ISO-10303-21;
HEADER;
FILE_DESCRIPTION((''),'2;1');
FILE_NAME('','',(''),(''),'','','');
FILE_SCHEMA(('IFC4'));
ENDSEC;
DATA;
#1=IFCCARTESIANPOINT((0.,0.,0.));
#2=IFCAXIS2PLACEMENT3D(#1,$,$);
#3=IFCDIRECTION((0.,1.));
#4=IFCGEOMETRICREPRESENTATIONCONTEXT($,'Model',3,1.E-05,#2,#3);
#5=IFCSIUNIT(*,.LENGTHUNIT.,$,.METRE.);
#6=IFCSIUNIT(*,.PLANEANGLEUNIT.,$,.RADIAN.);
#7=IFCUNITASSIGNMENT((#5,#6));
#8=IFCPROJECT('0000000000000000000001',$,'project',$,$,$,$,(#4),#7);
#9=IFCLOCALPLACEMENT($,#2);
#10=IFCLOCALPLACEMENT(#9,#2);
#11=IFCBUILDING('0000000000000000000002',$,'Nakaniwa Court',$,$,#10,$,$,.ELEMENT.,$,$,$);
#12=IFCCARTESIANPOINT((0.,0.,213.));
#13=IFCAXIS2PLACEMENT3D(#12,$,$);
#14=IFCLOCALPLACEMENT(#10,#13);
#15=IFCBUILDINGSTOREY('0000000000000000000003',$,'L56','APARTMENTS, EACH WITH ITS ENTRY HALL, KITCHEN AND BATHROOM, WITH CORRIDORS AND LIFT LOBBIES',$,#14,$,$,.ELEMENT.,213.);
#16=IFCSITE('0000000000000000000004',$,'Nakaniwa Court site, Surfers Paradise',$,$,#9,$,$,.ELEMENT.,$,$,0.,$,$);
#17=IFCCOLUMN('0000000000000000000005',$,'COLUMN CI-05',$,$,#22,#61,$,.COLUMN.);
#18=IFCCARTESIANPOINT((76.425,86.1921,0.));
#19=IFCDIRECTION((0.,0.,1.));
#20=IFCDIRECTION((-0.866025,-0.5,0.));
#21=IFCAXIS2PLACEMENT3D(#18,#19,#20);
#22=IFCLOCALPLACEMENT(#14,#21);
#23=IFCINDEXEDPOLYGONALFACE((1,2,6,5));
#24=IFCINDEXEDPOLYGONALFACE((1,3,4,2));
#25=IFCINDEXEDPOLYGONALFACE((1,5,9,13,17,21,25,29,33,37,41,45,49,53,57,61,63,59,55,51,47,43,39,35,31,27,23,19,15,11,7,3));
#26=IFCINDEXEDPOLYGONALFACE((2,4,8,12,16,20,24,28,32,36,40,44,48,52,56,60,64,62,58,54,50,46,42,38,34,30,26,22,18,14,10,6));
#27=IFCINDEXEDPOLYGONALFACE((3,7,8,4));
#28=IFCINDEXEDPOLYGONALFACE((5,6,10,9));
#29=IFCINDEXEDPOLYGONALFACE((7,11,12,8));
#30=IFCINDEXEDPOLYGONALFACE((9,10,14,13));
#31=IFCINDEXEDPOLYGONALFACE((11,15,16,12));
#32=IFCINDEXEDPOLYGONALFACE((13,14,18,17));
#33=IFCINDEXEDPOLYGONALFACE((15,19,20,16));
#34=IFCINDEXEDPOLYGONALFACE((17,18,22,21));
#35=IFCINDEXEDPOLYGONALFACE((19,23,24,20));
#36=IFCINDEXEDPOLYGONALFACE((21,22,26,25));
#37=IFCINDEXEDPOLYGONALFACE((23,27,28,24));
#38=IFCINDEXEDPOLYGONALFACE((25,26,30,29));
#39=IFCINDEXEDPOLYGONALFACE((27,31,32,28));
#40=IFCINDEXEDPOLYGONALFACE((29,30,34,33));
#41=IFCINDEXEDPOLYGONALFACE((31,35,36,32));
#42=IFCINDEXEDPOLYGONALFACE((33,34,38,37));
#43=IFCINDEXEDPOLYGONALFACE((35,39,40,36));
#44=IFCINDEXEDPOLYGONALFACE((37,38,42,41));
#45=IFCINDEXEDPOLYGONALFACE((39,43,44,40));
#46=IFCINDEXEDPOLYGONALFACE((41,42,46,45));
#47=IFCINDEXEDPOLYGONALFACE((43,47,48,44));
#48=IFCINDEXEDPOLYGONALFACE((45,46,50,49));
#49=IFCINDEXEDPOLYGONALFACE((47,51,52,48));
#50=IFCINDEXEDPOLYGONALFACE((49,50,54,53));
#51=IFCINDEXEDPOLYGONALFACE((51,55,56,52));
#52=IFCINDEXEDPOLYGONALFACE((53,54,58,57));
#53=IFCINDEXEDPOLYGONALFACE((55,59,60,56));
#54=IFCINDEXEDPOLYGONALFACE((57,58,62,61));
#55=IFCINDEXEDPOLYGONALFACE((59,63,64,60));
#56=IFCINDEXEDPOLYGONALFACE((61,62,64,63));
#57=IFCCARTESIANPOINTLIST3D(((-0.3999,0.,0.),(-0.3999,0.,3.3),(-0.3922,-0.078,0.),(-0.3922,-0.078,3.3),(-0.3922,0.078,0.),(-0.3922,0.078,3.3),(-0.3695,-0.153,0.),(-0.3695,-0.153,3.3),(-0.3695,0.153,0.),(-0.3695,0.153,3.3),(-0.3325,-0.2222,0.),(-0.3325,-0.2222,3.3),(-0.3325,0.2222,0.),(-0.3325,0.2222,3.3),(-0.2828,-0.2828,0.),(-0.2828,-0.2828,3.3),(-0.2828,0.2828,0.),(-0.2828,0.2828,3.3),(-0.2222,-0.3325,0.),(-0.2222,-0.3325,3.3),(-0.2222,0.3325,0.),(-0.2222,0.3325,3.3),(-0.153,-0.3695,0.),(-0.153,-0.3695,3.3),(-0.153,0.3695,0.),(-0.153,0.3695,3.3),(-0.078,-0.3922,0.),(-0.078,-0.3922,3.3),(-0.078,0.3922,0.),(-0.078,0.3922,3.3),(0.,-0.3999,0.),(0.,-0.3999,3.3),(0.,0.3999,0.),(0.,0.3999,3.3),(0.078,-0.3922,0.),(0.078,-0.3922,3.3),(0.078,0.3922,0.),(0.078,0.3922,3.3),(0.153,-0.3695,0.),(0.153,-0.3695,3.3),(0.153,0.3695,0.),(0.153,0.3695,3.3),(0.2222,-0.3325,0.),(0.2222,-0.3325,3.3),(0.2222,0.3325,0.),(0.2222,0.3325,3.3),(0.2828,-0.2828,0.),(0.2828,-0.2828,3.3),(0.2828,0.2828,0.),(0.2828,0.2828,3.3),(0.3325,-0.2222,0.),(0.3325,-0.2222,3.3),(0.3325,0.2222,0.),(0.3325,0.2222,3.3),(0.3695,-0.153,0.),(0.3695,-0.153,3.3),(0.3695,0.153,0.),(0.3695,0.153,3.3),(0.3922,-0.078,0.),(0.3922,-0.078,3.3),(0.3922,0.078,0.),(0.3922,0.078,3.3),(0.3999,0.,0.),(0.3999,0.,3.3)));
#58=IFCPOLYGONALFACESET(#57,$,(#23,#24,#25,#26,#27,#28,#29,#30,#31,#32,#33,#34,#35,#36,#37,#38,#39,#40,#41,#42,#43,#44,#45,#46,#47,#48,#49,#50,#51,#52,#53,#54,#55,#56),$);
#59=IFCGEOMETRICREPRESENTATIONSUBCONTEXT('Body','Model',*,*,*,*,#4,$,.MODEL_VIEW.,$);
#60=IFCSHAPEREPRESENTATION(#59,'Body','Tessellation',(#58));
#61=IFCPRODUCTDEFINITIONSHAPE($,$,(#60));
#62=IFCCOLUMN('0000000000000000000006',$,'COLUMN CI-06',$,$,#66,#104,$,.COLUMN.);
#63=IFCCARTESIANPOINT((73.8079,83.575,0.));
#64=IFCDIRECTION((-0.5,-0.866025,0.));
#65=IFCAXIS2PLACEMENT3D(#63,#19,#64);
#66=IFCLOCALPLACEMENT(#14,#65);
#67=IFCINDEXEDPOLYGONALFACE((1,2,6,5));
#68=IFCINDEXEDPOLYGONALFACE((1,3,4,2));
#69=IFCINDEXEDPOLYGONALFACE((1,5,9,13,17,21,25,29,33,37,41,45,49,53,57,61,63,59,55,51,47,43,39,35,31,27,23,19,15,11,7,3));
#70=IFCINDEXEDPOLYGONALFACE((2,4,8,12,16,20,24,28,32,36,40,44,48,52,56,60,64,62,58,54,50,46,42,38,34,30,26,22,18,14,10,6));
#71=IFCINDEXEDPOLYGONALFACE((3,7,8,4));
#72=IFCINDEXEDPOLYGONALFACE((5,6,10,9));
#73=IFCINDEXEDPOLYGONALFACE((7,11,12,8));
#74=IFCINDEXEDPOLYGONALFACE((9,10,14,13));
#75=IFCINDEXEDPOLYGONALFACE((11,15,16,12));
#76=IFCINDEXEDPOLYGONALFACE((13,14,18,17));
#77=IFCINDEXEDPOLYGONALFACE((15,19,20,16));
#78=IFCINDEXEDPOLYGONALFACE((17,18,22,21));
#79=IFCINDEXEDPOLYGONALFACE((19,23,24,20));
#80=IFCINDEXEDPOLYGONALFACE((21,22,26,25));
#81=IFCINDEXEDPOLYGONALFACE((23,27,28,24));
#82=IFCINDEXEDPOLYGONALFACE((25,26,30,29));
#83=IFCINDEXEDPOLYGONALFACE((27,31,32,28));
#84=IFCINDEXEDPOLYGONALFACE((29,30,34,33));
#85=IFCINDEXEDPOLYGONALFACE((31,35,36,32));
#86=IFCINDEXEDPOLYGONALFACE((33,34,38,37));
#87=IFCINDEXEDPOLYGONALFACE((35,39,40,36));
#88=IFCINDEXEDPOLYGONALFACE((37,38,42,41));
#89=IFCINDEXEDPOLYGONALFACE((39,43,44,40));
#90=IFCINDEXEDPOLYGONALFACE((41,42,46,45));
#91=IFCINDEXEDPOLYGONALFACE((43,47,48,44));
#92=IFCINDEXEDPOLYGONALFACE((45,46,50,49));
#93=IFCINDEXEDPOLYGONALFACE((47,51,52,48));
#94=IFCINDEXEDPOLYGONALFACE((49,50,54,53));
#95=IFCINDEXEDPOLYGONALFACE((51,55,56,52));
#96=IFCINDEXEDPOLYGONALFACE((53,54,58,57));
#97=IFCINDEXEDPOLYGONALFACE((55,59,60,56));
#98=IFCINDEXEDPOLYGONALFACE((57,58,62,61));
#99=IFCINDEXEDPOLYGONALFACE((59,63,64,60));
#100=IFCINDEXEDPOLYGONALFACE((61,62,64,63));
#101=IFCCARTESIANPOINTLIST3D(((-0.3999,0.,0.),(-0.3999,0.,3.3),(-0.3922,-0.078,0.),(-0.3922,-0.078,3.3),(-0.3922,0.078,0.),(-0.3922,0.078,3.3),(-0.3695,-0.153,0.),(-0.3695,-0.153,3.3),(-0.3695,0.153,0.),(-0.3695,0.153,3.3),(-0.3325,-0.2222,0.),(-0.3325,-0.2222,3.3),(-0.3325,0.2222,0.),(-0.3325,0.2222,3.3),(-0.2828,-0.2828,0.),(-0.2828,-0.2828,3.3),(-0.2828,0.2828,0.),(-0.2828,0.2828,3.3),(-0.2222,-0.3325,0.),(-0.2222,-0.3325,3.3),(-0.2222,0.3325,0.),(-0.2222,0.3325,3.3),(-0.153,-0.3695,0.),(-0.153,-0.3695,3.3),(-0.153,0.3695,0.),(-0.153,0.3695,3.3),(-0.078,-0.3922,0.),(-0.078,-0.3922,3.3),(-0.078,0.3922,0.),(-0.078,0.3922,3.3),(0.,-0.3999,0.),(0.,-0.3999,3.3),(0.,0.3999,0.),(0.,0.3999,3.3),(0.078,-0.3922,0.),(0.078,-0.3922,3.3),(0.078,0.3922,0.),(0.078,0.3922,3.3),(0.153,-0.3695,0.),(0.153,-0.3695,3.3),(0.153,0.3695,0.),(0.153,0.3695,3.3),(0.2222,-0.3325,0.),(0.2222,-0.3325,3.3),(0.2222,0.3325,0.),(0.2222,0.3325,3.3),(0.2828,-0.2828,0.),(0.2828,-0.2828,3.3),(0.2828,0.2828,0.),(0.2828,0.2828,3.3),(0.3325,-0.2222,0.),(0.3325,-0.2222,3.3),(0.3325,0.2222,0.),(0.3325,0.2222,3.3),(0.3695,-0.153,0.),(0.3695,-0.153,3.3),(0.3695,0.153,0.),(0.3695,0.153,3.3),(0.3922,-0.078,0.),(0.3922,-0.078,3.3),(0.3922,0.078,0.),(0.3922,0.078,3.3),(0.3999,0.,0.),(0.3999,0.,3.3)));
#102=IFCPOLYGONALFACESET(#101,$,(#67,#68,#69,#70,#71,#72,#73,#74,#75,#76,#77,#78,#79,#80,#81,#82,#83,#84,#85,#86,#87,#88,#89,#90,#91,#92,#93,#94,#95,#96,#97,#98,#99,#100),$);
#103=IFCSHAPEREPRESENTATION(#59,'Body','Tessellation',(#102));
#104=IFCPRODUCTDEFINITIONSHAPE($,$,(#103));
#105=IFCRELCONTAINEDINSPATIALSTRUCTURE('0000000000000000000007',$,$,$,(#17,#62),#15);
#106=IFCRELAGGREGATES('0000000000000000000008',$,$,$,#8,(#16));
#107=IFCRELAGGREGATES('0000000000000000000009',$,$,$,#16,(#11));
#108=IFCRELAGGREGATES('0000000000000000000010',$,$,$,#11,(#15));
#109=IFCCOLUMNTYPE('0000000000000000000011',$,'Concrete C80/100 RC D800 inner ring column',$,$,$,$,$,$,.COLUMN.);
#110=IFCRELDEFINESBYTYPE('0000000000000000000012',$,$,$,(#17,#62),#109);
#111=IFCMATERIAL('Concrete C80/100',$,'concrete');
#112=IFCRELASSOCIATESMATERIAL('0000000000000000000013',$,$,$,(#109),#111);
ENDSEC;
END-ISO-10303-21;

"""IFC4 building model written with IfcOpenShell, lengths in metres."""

from ifc_helpers import new_model, si_unit, direction, frame, origin, origin_2d, place, context, subcontext, project, spatial, circle, extrude, material, material_profile, profile_set, type_object, element, save


model = new_model("IFC4")

# Units and contexts
model_context = context("Model", 3, precision=1e-05, world=origin(), true_north=direction((0.0, 1.0)))
body_context = subcontext(model_context, "Body", "Model", "MODEL_VIEW")
ifc_project = project(units=[si_unit("LENGTHUNIT", "METRE"), si_unit("PLANEANGLEUNIT", "RADIAN")], contexts=[model_context])

# Site, building, storey
site_placement = place(None, origin())
site = spatial("IfcSite", under=ifc_project, at=site_placement, Name="Nakaniwa Court site, Surfers Paradise", CompositionType="ELEMENT", RefElevation=0.0)
building_placement = place(site_placement, origin())
building = spatial("IfcBuilding", under=site, at=building_placement, Name="Nakaniwa Court", CompositionType="ELEMENT")
storey_placement = place(building_placement, frame((0.0, 0.0, 213.0)))
storey = spatial("IfcBuildingStorey", under=building, at=storey_placement, Name="L56", Description="APARTMENTS, EACH WITH ITS ENTRY HALL, KITCHEN AND BATHROOM, WITH CORRIDORS AND LIFT LOBBIES", CompositionType="ELEMENT", Elevation=213.0)

# Columns
ifc_material_1 = material(Name="Concrete C80/100", Category="concrete")
ifc_material_profile_1 = material_profile(ifc_material_1, circle(Radius=0.3999, at=origin_2d()), Name="Concrete C80/100 RC D800 inner ring column")
ifc_profile_set_1 = profile_set([ifc_material_profile_1], Name="Concrete C80/100")
column_type_1 = type_object("IfcColumnType", Name="Concrete C80/100 RC D800 inner ring column", PredefinedType="COLUMN", material=ifc_profile_set_1)
for number, where, z_axis, x_axis, name in (
    (1, (76.425, 86.1921, 0.0), (0.0, 0.0, 1.0), (-0.866025, -0.5, 0.0), "COLUMN CI-05"),
    (2, (73.8079, 83.575, 0.0), (0.0, 0.0, 1.0), (-0.5, -0.866025, 0.0), "COLUMN CI-06"),
):
    element("IfcColumn", number, at=place(storey_placement, frame(where, z_axis=z_axis, x_axis=x_axis)), inside=storey, type_object=column_type_1, Name=name, PredefinedType="COLUMN", context=body_context, shape_type="SweptSolid", body=[
        extrude(circle(Radius=0.3999, at=origin_2d()), origin(), (0.0, 0.0, 1.0), 3.3),
    ])

save(model, "model.ifc")
